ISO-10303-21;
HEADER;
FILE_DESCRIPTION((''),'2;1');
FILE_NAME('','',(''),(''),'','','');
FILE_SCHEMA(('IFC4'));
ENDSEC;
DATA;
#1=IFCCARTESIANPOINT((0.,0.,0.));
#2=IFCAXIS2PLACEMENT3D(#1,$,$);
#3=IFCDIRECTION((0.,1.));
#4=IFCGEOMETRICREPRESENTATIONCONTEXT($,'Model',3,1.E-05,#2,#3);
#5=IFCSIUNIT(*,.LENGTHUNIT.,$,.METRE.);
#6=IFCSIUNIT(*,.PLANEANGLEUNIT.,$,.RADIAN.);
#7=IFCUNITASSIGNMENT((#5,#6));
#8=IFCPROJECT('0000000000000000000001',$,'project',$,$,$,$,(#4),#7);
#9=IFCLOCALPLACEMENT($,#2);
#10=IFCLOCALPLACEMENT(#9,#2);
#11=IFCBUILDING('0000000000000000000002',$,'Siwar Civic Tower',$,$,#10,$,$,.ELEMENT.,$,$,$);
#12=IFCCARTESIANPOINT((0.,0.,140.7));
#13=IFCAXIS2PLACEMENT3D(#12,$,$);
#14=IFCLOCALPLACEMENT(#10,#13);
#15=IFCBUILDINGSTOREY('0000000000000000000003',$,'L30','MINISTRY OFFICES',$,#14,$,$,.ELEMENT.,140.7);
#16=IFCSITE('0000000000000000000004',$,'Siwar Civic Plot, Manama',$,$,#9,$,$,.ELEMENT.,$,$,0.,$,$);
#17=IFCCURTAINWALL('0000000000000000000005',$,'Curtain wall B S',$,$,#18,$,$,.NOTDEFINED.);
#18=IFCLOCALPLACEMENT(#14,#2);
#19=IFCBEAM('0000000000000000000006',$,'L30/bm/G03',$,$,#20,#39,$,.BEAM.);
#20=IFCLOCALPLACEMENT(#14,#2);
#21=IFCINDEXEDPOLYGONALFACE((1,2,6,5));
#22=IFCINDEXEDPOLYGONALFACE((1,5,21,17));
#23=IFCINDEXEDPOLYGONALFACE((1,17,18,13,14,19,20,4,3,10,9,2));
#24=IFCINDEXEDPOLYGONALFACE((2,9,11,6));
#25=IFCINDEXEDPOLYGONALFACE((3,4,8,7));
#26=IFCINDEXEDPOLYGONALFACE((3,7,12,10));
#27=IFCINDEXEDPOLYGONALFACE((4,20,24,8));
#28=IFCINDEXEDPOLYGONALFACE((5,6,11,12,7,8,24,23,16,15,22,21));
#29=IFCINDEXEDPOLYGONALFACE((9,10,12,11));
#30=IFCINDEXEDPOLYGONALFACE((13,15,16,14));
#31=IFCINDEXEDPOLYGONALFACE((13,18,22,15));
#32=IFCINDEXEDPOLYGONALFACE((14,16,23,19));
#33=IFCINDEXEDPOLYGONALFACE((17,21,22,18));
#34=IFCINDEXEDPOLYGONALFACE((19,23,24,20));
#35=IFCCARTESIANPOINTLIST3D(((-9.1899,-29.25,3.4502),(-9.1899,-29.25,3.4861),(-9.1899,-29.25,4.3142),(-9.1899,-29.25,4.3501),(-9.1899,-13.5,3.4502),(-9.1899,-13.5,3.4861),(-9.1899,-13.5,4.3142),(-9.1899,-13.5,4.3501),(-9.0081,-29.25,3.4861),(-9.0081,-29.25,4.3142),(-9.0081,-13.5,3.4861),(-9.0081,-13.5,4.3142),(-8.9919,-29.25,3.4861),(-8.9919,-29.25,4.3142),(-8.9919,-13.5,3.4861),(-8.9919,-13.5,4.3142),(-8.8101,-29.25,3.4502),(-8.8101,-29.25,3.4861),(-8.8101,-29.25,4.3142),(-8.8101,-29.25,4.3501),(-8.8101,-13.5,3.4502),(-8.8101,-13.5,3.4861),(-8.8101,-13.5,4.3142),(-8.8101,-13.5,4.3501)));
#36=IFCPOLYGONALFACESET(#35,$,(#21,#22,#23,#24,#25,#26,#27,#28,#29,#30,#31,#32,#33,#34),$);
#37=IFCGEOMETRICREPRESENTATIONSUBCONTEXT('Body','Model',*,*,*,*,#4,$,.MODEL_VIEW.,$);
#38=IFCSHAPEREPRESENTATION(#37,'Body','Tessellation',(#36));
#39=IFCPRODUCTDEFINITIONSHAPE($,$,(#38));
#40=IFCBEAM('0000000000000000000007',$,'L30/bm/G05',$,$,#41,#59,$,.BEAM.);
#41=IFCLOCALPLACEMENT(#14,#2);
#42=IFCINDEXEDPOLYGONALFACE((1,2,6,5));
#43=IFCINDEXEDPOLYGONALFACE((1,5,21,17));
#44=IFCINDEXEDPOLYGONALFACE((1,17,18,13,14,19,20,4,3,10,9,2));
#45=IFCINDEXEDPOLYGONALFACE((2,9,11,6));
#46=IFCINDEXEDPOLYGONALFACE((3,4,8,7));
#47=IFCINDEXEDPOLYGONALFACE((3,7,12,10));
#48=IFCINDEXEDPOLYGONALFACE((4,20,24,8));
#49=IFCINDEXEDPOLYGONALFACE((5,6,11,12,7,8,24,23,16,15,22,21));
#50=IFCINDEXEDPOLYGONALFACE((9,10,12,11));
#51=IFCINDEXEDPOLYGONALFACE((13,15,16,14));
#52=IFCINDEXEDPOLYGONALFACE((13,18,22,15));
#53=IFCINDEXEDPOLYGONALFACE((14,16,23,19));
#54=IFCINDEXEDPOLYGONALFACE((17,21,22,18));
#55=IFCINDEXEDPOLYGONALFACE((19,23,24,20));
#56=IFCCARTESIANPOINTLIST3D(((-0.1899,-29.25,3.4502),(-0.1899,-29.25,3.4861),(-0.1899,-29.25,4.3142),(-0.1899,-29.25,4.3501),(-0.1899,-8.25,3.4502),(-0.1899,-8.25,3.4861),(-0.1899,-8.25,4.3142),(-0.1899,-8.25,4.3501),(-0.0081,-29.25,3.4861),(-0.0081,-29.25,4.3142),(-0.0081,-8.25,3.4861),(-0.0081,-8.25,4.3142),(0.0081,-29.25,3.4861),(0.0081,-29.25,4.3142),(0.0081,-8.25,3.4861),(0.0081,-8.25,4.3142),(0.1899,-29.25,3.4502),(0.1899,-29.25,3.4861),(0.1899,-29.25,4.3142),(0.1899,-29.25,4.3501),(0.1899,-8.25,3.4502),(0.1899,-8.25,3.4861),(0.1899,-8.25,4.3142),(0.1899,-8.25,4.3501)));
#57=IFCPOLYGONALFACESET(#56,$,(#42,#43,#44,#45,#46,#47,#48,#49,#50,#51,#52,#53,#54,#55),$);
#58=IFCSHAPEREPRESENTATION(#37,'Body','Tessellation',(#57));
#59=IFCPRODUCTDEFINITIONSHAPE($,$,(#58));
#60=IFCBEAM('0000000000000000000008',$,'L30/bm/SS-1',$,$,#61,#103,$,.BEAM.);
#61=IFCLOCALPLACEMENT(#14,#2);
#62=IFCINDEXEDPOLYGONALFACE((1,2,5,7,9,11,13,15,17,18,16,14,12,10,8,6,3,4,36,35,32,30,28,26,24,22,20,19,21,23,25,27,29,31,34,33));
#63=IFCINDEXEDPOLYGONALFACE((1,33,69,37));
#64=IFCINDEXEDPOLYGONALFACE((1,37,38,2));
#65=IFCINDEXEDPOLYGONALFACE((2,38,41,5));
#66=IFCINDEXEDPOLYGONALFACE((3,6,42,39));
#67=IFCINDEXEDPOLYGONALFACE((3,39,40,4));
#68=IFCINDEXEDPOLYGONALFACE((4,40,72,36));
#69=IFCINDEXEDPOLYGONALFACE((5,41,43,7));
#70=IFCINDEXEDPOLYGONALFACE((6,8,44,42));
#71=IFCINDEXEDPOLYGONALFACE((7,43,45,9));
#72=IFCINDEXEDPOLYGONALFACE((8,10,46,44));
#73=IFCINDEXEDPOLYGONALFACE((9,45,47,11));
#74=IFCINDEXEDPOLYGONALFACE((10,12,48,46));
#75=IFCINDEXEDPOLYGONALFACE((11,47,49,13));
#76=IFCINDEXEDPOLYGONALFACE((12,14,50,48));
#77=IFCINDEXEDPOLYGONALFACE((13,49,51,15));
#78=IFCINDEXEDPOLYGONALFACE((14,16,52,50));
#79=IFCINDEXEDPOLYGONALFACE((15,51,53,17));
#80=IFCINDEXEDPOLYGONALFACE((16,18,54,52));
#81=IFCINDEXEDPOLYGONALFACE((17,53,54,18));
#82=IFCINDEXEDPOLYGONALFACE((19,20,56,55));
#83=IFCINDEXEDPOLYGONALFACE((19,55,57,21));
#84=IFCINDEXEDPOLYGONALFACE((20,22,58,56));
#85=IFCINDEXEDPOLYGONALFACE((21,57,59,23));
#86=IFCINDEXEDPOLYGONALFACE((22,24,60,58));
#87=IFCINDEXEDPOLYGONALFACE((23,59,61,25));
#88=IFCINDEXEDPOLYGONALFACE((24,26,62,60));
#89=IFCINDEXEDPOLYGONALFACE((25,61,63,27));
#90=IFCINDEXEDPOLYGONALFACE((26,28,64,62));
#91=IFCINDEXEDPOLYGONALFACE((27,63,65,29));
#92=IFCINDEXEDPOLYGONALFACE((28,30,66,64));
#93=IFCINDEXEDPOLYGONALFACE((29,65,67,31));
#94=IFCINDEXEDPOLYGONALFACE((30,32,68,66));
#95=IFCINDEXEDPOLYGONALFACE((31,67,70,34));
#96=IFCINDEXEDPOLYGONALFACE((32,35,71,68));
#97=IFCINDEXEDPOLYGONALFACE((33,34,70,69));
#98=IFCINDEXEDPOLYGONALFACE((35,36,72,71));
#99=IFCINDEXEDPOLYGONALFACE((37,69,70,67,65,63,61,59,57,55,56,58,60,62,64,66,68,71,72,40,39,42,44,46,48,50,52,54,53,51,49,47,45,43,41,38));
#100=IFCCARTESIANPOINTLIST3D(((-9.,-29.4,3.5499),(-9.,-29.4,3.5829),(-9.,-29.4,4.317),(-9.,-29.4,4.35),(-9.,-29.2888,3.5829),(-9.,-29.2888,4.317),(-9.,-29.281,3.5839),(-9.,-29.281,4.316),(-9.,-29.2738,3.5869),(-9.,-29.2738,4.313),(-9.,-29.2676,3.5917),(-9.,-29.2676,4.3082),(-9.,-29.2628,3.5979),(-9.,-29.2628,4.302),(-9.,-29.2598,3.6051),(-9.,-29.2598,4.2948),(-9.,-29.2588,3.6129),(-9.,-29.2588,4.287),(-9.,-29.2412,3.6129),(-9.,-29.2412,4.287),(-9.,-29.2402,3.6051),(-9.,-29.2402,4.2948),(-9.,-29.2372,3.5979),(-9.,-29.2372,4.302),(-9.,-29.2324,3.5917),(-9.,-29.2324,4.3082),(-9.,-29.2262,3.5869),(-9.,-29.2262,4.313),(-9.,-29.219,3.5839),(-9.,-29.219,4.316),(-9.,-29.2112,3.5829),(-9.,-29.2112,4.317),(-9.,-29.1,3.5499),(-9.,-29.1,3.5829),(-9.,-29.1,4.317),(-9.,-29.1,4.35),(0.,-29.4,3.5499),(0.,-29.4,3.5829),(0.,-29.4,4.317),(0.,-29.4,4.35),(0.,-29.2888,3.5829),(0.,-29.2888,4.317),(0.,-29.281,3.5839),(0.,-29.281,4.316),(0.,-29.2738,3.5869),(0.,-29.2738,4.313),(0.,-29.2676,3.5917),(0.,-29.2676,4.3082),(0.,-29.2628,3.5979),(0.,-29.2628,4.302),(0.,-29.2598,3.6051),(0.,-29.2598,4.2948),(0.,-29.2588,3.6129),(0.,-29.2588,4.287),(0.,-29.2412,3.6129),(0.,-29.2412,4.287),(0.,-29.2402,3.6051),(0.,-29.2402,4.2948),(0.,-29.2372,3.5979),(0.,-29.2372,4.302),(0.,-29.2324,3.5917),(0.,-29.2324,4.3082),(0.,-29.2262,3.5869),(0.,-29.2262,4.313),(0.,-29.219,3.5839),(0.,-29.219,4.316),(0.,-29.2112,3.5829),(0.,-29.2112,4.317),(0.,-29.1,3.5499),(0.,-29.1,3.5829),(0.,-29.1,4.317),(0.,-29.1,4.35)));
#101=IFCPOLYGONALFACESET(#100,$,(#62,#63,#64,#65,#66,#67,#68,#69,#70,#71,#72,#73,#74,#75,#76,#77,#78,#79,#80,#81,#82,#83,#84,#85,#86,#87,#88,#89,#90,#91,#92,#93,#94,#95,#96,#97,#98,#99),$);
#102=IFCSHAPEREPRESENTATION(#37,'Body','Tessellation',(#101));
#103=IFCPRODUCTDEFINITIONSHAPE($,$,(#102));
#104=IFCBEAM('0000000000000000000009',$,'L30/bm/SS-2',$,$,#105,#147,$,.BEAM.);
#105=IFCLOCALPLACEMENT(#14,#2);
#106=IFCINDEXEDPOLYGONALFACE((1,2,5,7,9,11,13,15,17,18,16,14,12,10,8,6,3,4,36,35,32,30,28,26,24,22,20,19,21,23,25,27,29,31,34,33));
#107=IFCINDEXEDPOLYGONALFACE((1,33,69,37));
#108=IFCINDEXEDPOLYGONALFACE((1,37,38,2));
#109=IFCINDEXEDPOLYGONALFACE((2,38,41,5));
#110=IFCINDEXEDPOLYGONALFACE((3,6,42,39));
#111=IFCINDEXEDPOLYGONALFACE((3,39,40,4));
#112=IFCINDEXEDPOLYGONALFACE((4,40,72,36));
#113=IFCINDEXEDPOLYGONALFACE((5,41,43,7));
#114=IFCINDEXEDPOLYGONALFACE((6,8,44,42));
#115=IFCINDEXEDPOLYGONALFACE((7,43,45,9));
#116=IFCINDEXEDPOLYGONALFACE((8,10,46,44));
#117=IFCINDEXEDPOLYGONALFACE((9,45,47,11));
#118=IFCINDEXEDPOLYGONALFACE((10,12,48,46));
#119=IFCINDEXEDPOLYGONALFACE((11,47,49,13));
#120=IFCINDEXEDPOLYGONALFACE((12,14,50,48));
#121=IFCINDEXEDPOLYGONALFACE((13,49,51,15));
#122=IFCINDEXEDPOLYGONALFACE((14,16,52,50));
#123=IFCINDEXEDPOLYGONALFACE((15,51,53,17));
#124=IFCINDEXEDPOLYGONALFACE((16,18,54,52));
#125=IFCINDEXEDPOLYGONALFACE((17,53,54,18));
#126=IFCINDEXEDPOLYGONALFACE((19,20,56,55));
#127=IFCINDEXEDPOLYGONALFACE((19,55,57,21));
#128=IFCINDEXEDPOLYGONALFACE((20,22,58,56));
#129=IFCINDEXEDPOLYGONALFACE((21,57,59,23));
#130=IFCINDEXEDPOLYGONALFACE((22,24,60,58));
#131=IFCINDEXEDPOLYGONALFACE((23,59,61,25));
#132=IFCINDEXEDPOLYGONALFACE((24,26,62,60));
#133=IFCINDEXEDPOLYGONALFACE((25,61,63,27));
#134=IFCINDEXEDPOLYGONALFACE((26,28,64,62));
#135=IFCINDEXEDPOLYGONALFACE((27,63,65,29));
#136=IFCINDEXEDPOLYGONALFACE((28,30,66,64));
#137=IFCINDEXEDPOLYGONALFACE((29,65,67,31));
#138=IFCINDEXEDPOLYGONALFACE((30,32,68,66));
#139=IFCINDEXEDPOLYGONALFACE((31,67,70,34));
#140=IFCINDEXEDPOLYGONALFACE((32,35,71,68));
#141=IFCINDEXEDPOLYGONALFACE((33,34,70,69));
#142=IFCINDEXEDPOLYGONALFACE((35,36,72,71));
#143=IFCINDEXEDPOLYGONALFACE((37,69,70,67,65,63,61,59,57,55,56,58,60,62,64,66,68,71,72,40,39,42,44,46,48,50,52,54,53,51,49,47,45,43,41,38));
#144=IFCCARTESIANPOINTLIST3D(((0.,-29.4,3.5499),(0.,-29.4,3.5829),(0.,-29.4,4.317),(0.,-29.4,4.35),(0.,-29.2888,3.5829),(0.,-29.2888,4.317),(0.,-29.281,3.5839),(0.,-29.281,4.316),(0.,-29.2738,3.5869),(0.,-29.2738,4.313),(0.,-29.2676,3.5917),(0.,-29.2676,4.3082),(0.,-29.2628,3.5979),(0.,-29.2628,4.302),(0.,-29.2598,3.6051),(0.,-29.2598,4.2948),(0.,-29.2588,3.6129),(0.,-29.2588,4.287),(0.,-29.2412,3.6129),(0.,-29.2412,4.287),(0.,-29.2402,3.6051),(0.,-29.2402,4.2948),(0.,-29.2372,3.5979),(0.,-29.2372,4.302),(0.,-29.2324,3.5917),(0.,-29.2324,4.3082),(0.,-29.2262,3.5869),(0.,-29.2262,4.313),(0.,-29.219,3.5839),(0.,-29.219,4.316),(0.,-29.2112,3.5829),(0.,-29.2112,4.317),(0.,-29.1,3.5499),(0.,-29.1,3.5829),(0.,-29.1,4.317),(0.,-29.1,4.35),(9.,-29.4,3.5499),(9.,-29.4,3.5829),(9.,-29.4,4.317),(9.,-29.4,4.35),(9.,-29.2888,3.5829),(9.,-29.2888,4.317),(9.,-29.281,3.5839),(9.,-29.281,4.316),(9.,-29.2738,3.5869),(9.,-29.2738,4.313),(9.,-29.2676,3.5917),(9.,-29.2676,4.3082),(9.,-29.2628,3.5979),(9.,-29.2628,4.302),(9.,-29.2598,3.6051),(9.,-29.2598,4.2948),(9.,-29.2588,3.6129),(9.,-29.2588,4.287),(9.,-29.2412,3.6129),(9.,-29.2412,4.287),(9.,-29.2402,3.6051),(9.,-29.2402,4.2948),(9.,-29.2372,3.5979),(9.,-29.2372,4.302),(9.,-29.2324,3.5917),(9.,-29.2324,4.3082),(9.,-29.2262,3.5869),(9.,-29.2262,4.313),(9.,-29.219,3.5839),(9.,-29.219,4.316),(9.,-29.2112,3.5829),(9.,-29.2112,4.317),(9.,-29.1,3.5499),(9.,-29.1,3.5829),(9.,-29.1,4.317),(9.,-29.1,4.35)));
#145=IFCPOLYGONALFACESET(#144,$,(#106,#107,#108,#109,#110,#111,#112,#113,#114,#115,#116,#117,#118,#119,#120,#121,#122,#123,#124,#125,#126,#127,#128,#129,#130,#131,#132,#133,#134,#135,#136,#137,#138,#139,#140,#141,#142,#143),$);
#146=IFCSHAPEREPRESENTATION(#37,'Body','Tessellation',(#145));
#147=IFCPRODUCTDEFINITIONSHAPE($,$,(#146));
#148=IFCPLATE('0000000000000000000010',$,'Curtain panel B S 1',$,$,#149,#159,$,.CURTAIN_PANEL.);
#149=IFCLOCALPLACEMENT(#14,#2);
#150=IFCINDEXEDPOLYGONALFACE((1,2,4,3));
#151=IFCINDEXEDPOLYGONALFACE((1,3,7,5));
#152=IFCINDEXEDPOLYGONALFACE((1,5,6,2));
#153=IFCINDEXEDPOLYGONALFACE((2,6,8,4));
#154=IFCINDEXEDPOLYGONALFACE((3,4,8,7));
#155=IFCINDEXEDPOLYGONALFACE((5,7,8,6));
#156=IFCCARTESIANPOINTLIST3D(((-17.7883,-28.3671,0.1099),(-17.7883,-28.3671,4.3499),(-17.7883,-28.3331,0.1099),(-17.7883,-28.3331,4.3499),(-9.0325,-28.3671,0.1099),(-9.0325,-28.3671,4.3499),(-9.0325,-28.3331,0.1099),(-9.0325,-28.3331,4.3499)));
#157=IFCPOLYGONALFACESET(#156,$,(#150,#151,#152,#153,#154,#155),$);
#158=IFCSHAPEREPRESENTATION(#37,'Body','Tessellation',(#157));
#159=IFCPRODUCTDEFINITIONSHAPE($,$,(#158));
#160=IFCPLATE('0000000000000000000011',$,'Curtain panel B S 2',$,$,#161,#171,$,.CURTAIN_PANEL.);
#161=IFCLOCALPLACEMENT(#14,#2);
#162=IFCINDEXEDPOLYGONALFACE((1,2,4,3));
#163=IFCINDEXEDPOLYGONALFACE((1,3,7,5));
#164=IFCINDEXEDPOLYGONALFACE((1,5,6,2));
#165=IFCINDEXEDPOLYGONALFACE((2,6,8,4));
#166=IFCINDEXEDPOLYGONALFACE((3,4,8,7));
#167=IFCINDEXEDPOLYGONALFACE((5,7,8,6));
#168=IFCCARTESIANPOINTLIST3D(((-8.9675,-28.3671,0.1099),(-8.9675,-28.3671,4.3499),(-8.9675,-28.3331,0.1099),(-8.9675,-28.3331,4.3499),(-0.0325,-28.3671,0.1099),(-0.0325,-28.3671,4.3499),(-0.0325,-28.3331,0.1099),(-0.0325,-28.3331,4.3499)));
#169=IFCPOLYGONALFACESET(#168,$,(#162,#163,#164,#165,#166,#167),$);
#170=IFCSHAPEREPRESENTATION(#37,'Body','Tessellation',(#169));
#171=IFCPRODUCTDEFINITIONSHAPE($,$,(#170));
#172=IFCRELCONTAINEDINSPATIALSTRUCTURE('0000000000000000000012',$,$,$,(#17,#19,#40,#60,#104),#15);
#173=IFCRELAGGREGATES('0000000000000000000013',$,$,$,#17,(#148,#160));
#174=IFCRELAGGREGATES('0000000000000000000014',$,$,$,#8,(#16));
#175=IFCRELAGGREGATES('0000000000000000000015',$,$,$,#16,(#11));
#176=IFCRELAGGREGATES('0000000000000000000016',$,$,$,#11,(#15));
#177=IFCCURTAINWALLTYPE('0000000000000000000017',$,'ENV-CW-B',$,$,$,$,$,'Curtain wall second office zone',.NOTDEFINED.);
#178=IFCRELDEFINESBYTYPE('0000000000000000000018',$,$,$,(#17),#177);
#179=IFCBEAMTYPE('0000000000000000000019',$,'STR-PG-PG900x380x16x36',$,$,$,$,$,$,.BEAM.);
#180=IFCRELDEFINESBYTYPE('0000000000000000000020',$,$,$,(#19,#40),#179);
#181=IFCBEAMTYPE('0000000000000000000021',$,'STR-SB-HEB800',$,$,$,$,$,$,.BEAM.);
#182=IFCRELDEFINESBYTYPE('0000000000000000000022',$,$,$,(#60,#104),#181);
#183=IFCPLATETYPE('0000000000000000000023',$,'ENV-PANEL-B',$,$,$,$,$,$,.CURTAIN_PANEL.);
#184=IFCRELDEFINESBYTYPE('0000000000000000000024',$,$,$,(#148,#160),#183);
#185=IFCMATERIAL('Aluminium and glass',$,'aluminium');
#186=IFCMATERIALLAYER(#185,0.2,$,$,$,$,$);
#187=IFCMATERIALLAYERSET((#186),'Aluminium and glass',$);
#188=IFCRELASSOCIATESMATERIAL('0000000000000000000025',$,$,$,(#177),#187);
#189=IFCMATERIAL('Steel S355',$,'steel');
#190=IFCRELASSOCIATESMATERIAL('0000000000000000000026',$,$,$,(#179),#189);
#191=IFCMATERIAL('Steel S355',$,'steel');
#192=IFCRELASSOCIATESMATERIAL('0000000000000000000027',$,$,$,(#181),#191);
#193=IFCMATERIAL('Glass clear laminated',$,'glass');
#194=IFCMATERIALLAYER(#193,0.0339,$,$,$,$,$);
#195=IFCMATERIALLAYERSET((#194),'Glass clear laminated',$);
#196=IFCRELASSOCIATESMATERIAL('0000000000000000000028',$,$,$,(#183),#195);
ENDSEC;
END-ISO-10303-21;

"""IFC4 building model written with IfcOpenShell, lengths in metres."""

from ifc_helpers import new_model, si_unit, direction, frame, origin, origin_2d, place, context, subcontext, project, spatial, rectangle, i_section, extrude, material, layer, layer_set, material_profile, profile_set, type_object, element, aggregate, save


model = new_model("IFC4")

# Units and contexts
model_context = context("Model", 3, precision=1e-05, world=origin(), true_north=direction((0.0, 1.0)))
body_context = subcontext(model_context, "Body", "Model", "MODEL_VIEW")
ifc_project = project(units=[si_unit("LENGTHUNIT", "METRE"), si_unit("PLANEANGLEUNIT", "RADIAN")], contexts=[model_context])

# Site, building, storey
site_placement = place(None, origin())
site = spatial("IfcSite", under=ifc_project, at=site_placement, Name="Siwar Civic Plot, Manama", CompositionType="ELEMENT", RefElevation=0.0)
building_placement = place(site_placement, origin())
building = spatial("IfcBuilding", under=site, at=building_placement, Name="Siwar Civic Tower", CompositionType="ELEMENT")
storey_placement = place(building_placement, frame((0.0, 0.0, 140.7)))
storey = spatial("IfcBuildingStorey", under=building, at=storey_placement, Name="L30", Description="MINISTRY OFFICES", CompositionType="ELEMENT", Elevation=140.7)

# Curtain wall
ifc_material_1 = material(Name="Aluminium and glass", Category="aluminium")
ifc_layer_1 = layer(ifc_material_1, 0.2)
ifc_layer_set_1 = layer_set([ifc_layer_1], Name="Aluminium and glass")
curtain_wall_type = type_object("IfcCurtainWallType", Name="ENV-CW-B", ElementType="Curtain wall second office zone", PredefinedType="NOTDEFINED", material=ifc_layer_set_1)
curtain_wall_placement = place(storey_placement, origin())
curtain_wall = element("IfcCurtainWall", 1, at=curtain_wall_placement, inside=storey, type_object=curtain_wall_type, Name="Curtain wall B S", PredefinedType="NOTDEFINED")

# Beams
ifc_material_2 = material(Name="Steel S355", Category="steel")
ifc_material_profile_1 = material_profile(ifc_material_2, i_section(OverallWidth=0.3799, OverallDepth=0.8999, WebThickness=0.0161, FlangeThickness=0.0359, at=origin_2d()), Name="PG900x380x16x36")
ifc_profile_set_1 = profile_set([ifc_material_profile_1], Name="Steel S355")
beam_type_1 = type_object("IfcBeamType", Name="STR-PG-PG900x380x16x36", PredefinedType="BEAM", material=ifc_profile_set_1)
beam_1_placement = place(storey_placement, frame((-9.0, -29.25, 3.9001), z_axis=(0.0, 1.0, 0.0), x_axis=(-1.0, 0.0, 0.0)))
element("IfcBeam", 2, at=beam_1_placement, inside=storey, type_object=beam_type_1, Name="L30/bm/G03", PredefinedType="BEAM", context=body_context, shape_type="SweptSolid", body=[
    extrude(i_section(OverallWidth=0.3799, OverallDepth=0.8999, WebThickness=0.0161, FlangeThickness=0.0359, at=origin_2d()), origin(), (0.0, 0.0, 1.0), 15.75),
])
beam_2_placement = place(storey_placement, frame((0.0, -29.25, 3.9001), z_axis=(0.0, 1.0, 0.0), x_axis=(-1.0, 0.0, 0.0)))
element("IfcBeam", 3, at=beam_2_placement, inside=storey, type_object=beam_type_1, Name="L30/bm/G05", PredefinedType="BEAM", context=body_context, shape_type="SweptSolid", body=[
    extrude(i_section(OverallWidth=0.3799, OverallDepth=0.8999, WebThickness=0.0161, FlangeThickness=0.0359, at=origin_2d()), origin(), (0.0, 0.0, 1.0), 21.0),
])
ifc_material_3 = material(Name="Steel S355", Category="steel")
ifc_material_profile_2 = material_profile(ifc_material_3, i_section(OverallWidth=0.3, OverallDepth=0.8, WebThickness=0.0176, FlangeThickness=0.033, FilletRadius=0.03, at=origin_2d()), Name="HEB800")
ifc_profile_set_2 = profile_set([ifc_material_profile_2], Name="Steel S355")
beam_type_2 = type_object("IfcBeamType", Name="STR-SB-HEB800", PredefinedType="BEAM", material=ifc_profile_set_2)
for number, where, z_axis, x_axis, name in (
    (4, (-9.0, -29.25, 3.95), (1.0, 0.0, 0.0), (0.0, 1.0, 0.0), "L30/bm/SS-1"),
    (5, (0.0, -29.25, 3.95), (1.0, 0.0, 0.0), (0.0, 1.0, 0.0), "L30/bm/SS-2"),
):
    element("IfcBeam", number, at=place(storey_placement, frame(where, z_axis=z_axis, x_axis=x_axis)), inside=storey, type_object=beam_type_2, Name=name, PredefinedType="BEAM", context=body_context, shape_type="SweptSolid", body=[
        extrude(i_section(OverallWidth=0.3, OverallDepth=0.8, WebThickness=0.0176, FlangeThickness=0.033, FilletRadius=0.03, at=origin_2d()), origin(), (0.0, 0.0, 1.0), 9.0),
    ])

# Plates
ifc_material_4 = material(Name="Glass clear laminated", Category="glass")
ifc_layer_2 = layer(ifc_material_4, 0.0339)
ifc_layer_set_2 = layer_set([ifc_layer_2], Name="Glass clear laminated")
plate_type = type_object("IfcPlateType", Name="ENV-PANEL-B", PredefinedType="CURTAIN_PANEL", material=ifc_layer_set_2)
plate_1_placement = place(storey_placement, frame((-13.4104, -28.3501, 0.1099), z_axis=(0.0, 0.0, 1.0), x_axis=(1.0, 0.0, 0.0)))
plate_1 = element("IfcPlate", 6, at=plate_1_placement, type_object=plate_type, Name="Curtain panel B S 1", PredefinedType="CURTAIN_PANEL", context=body_context, shape_type="SweptSolid", body=[
    extrude(rectangle(XDim=8.7559, YDim=0.0339, at=origin_2d()), origin(), (0.0, 0.0, 1.0), 4.24),
])
plate_2_placement = place(storey_placement, frame((-4.5, -28.3501, 0.1099), z_axis=(0.0, 0.0, 1.0), x_axis=(1.0, 0.0, 0.0)))
plate_2 = element("IfcPlate", 7, at=plate_2_placement, type_object=plate_type, Name="Curtain panel B S 2", PredefinedType="CURTAIN_PANEL", context=body_context, shape_type="SweptSolid", body=[
    extrude(rectangle(XDim=8.9351, YDim=0.0339, at=origin_2d()), origin(), (0.0, 0.0, 1.0), 4.24),
])
aggregate(curtain_wall, [plate_1, plate_2])

save(model, "model.ifc")
